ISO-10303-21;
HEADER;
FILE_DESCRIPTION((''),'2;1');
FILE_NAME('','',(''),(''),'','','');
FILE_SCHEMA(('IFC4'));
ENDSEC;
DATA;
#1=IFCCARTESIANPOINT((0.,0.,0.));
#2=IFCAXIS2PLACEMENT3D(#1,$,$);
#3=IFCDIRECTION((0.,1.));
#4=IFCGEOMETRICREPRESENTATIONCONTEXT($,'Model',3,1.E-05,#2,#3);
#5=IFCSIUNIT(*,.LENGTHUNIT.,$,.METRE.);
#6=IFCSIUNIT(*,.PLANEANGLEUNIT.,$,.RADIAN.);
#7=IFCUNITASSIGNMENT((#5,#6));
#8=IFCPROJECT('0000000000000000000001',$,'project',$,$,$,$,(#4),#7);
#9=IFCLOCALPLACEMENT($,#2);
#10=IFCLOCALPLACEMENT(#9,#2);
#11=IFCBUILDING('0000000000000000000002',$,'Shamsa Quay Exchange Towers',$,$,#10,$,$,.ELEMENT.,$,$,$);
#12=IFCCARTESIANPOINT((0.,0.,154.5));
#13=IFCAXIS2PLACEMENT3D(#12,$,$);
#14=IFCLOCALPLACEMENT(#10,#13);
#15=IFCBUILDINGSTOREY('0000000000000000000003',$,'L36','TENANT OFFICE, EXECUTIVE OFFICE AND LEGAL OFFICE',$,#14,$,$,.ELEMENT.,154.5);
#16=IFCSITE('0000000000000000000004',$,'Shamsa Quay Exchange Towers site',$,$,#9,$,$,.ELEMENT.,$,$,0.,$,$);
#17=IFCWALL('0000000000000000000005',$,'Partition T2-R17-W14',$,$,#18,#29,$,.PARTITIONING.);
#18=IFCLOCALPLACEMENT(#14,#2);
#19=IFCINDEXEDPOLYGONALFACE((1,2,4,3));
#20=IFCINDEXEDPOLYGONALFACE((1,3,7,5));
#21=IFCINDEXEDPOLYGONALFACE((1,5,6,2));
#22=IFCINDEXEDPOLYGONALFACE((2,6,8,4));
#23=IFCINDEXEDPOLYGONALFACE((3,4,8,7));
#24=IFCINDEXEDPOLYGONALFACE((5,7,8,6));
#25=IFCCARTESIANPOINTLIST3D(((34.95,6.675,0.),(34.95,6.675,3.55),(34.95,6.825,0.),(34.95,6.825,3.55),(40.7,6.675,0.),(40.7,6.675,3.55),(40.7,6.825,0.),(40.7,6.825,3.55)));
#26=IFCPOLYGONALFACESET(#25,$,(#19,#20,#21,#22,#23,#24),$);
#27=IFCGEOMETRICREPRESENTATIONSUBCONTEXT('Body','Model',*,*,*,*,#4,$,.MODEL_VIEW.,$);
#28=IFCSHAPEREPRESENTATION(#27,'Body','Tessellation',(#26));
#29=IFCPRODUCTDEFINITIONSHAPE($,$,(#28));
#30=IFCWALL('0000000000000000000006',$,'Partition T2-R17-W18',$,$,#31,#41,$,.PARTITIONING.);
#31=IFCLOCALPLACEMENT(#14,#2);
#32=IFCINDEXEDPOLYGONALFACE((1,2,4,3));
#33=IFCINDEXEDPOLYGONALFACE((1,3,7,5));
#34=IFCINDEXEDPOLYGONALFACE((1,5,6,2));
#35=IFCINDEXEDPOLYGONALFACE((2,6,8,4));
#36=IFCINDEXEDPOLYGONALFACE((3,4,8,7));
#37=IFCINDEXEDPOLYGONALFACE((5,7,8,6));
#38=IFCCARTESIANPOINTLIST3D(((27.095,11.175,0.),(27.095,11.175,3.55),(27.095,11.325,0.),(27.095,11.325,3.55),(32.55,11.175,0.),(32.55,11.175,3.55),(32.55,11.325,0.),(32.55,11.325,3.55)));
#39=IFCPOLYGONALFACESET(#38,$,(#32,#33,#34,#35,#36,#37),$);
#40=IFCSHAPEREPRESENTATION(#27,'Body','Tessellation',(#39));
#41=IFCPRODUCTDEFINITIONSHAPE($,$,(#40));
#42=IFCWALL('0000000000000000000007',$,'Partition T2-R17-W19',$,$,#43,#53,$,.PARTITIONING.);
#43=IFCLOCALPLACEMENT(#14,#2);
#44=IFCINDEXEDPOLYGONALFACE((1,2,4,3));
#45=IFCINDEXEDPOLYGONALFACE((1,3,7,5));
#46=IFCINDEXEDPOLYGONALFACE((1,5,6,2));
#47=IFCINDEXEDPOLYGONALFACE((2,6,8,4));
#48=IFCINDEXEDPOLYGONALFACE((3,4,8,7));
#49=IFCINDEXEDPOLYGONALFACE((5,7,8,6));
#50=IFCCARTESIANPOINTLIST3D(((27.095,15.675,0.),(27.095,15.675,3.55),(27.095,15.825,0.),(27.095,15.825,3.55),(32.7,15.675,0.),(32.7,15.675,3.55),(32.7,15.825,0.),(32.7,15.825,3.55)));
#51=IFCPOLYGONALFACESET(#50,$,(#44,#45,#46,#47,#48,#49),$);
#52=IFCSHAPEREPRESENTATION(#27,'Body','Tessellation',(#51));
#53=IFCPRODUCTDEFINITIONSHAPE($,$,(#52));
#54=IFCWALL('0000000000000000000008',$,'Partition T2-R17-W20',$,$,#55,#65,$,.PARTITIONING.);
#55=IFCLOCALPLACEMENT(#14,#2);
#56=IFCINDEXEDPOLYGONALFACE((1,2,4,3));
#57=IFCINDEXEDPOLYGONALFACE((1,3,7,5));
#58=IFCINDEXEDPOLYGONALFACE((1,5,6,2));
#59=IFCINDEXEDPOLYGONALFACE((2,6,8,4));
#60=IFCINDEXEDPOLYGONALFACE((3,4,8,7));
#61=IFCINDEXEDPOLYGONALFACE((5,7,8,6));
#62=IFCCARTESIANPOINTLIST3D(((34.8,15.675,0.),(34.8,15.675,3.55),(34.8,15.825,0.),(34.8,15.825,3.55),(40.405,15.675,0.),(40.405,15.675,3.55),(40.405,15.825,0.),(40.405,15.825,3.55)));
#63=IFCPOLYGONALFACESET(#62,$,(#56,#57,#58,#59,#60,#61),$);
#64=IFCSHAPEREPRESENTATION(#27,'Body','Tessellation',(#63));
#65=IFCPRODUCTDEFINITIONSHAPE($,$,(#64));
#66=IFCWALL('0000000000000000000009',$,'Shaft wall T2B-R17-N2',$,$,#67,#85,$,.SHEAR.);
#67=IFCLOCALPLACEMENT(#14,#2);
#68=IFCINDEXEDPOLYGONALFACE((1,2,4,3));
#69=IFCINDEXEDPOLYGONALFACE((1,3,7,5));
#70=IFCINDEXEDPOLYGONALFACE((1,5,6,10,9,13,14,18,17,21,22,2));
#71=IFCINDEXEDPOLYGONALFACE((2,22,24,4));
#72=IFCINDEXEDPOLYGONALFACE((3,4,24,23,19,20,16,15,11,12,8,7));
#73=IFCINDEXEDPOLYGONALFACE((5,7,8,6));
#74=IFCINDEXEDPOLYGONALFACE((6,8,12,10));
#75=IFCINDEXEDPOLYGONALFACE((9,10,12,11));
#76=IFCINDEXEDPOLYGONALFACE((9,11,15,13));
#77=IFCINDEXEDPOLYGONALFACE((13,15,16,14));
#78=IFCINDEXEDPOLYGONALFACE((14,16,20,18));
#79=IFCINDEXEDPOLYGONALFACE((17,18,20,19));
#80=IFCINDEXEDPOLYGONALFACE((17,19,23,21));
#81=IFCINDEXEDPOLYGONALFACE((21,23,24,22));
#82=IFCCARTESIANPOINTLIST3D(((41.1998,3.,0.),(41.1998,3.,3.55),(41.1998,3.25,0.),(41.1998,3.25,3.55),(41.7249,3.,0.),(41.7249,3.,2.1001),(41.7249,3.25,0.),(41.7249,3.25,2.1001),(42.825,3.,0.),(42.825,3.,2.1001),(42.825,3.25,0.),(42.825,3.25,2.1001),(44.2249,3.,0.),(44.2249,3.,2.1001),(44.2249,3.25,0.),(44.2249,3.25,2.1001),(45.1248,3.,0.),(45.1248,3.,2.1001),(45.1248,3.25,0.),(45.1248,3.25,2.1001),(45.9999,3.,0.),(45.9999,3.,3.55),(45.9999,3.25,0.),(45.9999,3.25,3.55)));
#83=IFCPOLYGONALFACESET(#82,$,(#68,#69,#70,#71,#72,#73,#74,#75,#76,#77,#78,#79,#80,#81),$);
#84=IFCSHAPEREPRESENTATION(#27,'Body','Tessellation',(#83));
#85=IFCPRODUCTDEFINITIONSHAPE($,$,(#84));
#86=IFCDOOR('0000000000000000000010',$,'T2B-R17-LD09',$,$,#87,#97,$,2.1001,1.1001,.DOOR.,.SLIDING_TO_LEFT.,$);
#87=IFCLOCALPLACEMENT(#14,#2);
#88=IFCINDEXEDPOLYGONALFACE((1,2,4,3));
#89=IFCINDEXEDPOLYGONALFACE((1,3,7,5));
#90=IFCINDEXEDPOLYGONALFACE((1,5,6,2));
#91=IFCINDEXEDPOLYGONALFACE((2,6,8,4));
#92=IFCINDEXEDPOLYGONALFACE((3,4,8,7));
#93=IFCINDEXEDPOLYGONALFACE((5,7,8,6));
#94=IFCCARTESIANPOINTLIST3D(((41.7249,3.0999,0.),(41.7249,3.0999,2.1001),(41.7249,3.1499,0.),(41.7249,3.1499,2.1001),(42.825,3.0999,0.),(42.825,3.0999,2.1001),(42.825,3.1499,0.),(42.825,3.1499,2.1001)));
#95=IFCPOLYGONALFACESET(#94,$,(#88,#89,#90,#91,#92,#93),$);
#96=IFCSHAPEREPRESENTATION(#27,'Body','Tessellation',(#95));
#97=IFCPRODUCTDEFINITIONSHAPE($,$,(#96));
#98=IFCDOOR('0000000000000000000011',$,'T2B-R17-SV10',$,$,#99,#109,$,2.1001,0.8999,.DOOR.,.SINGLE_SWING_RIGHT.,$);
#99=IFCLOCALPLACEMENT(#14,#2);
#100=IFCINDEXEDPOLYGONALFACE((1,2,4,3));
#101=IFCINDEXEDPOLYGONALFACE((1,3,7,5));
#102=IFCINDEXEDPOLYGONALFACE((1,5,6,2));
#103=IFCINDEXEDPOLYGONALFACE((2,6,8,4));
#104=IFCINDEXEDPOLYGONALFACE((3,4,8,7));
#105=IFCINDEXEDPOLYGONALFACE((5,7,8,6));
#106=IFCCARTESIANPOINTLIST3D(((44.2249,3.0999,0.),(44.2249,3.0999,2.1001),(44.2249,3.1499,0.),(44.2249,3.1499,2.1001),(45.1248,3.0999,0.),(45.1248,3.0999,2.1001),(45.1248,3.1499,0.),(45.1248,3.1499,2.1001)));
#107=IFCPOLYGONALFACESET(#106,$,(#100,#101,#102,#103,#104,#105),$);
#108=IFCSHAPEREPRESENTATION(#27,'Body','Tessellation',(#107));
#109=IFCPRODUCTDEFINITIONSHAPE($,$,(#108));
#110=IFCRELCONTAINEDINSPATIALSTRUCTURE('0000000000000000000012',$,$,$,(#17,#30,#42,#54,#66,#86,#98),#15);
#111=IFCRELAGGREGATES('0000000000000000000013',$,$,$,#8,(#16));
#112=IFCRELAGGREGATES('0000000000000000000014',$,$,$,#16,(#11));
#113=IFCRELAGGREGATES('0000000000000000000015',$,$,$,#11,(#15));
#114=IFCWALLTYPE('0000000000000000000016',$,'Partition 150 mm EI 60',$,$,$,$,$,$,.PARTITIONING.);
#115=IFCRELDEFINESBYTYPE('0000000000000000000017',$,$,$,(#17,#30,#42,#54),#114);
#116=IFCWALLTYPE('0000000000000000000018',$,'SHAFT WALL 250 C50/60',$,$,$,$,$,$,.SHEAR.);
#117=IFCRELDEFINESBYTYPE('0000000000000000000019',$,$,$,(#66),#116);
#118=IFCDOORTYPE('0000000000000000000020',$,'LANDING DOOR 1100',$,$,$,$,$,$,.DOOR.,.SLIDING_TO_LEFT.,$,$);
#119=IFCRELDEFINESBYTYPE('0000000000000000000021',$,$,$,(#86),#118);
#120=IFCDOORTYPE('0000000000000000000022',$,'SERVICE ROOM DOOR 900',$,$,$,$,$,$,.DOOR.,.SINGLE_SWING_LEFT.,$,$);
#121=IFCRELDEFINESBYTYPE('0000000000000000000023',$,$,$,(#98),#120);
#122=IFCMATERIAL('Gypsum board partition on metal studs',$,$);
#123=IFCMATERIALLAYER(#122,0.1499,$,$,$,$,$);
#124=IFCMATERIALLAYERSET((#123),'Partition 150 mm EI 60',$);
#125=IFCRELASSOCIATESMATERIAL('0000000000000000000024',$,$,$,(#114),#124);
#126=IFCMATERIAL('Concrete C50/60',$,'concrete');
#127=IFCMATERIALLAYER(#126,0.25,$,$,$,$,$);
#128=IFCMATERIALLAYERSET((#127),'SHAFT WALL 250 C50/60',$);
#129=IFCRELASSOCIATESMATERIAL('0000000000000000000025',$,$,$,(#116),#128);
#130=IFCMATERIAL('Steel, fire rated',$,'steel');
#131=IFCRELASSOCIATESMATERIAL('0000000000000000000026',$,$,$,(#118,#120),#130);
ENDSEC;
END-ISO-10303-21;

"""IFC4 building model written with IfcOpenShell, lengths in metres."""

from ifc_helpers import new_model, si_unit, direction, frame, frame_2d, origin, place, context, subcontext, project, spatial, rectangle, extrude, material, layer, layer_set, type_object, element, fill, save


model = new_model("IFC4")

# Units and contexts
model_context = context("Model", 3, precision=1e-05, world=origin(), true_north=direction((0.0, 1.0)))
body_context = subcontext(model_context, "Body", "Model", "MODEL_VIEW")
ifc_project = project(units=[si_unit("LENGTHUNIT", "METRE"), si_unit("PLANEANGLEUNIT", "RADIAN")], contexts=[model_context])

# Site, building, storey
site_placement = place(None, origin())
site = spatial("IfcSite", under=ifc_project, at=site_placement, Name="Shamsa Quay Exchange Towers site", CompositionType="ELEMENT", RefElevation=0.0)
building_placement = place(site_placement, origin())
building = spatial("IfcBuilding", under=site, at=building_placement, Name="Shamsa Quay Exchange Towers", CompositionType="ELEMENT")
storey_placement = place(building_placement, frame((0.0, 0.0, 154.5)))
storey = spatial("IfcBuildingStorey", under=building, at=storey_placement, Name="L36", Description="TENANT OFFICE, EXECUTIVE OFFICE AND LEGAL OFFICE", CompositionType="ELEMENT", Elevation=154.5)

# Shared definitions
ifc_material_1 = material(Name="Gypsum board partition on metal studs")
ifc_layer_1 = layer(ifc_material_1, 0.1499)
ifc_layer_set_1 = layer_set([ifc_layer_1], Name="Partition 150 mm EI 60")
wall_type_1 = type_object("IfcWallType", Name="Partition 150 mm EI 60", PredefinedType="PARTITIONING", material=ifc_layer_set_1)

# Walls
wall_1_placement = place(storey_placement, frame((40.7, 6.75, 0.0), z_axis=(0.0, 0.0, 1.0), x_axis=(-1.0, 0.0, 0.0)))
element("IfcWall", 1, at=wall_1_placement, inside=storey, type_object=wall_type_1, Name="Partition T2-R17-W14", PredefinedType="PARTITIONING", context=body_context, shape_type="SweptSolid", body=[
    extrude(rectangle(XDim=5.75, YDim=0.1499, at=frame_2d((2.875, 0.0))), origin(), (0.0, 0.0, 1.0), 3.55),
])
wall_2_placement = place(storey_placement, frame((32.55, 11.25, 0.0), z_axis=(0.0, 0.0, 1.0), x_axis=(-1.0, 0.0, 0.0)))
element("IfcWall", 2, at=wall_2_placement, inside=storey, type_object=wall_type_1, Name="Partition T2-R17-W18", PredefinedType="PARTITIONING", context=body_context, shape_type="SweptSolid", body=[
    extrude(rectangle(XDim=5.4551, YDim=0.1499, at=frame_2d((2.7275, 0.0))), origin(), (0.0, 0.0, 1.0), 3.55),
])
for number, where, z_axis, x_axis, name in (
    (3, (32.7, 15.75, 0.0), (0.0, 0.0, 1.0), (-1.0, 0.0, 0.0), "Partition T2-R17-W19"),
    (4, (40.405, 15.75, 0.0), (0.0, 0.0, 1.0), (-1.0, 0.0, 0.0), "Partition T2-R17-W20"),
):
    element("IfcWall", number, at=place(storey_placement, frame(where, z_axis=z_axis, x_axis=x_axis)), inside=storey, type_object=wall_type_1, Name=name, PredefinedType="PARTITIONING", context=body_context, shape_type="SweptSolid", body=[
        extrude(rectangle(XDim=5.605, YDim=0.1499, at=frame_2d((2.8025, 0.0))), origin(), (0.0, 0.0, 1.0), 3.55),
    ])

# Wall, openings, doors
ifc_material_2 = material(Name="Concrete C50/60", Category="concrete")
ifc_layer_2 = layer(ifc_material_2, 0.25)
ifc_layer_set_2 = layer_set([ifc_layer_2], Name="SHAFT WALL 250 C50/60")
wall_type_2 = type_object("IfcWallType", Name="SHAFT WALL 250 C50/60", PredefinedType="SHEAR", material=ifc_layer_set_2)
wall_3_placement = place(storey_placement, frame((41.2, 3.125, 0.0)))
wall_3 = element("IfcWall", 5, at=wall_3_placement, inside=storey, type_object=wall_type_2, Name="Shaft wall T2B-R17-N2", PredefinedType="SHEAR", context=body_context, shape_type="SweptSolid", body=[
    extrude(rectangle(XDim=4.8, YDim=0.25, at=frame_2d((2.3999, 0.0))), origin(), (0.0, 0.0, 1.0), 3.55),
])
opening_1_placement = place(wall_3_placement, frame((0.5249, 0.0, 0.0)))
opening_1 = element("IfcOpeningElement", 6, at=opening_1_placement, cuts=wall_3, PredefinedType="OPENING", context=body_context, shape_type="SweptSolid", body=[
    extrude(rectangle(XDim=1.1001, YDim=2.1001, at=frame_2d((0.55, 1.05))), frame((0.0, 0.135, 0.0), z_axis=(0.0, -1.0, 0.0), x_axis=(1.0, 0.0, 0.0)), (0.0, 0.0, 1.0), 0.27),
])
opening_2_placement = place(wall_3_placement, frame((3.0249, 0.0, 0.0)))
opening_2 = element("IfcOpeningElement", 7, at=opening_2_placement, cuts=wall_3, PredefinedType="OPENING", context=body_context, shape_type="SweptSolid", body=[
    extrude(rectangle(XDim=0.8999, YDim=2.1001, at=frame_2d((0.45, 1.05))), frame((0.0, 0.135, 0.0), z_axis=(0.0, -1.0, 0.0), x_axis=(1.0, 0.0, 0.0)), (0.0, 0.0, 1.0), 0.27),
])
ifc_material_3 = material(Name="Steel, fire rated", Category="steel")
door_type_1 = type_object("IfcDoorType", Name="LANDING DOOR 1100", OperationType="SLIDING_TO_LEFT", PredefinedType="DOOR", material=ifc_material_3)
door_1_placement = place(opening_1_placement, origin())
door_1 = element("IfcDoor", 8, at=door_1_placement, inside=storey, type_object=door_type_1, Name="T2B-R17-LD09", OperationType="SLIDING_TO_LEFT", OverallHeight=2.1001, OverallWidth=1.1001, PredefinedType="DOOR", context=body_context, shape_type="SweptSolid", body=[
    extrude(rectangle(XDim=1.1001, YDim=2.1001, at=frame_2d((0.55, 1.05))), frame((0.0, 0.0249, 0.0), z_axis=(0.0, -1.0, 0.0), x_axis=(1.0, 0.0, 0.0)), (0.0, 0.0, 1.0), 0.05),
])
fill(opening_1, door_1)
door_type_2 = type_object("IfcDoorType", Name="SERVICE ROOM DOOR 900", OperationType="SINGLE_SWING_LEFT", PredefinedType="DOOR", material=ifc_material_3)
door_2_placement = place(opening_2_placement, origin())
door_2 = element("IfcDoor", 9, at=door_2_placement, inside=storey, type_object=door_type_2, Name="T2B-R17-SV10", OperationType="SINGLE_SWING_RIGHT", OverallHeight=2.1001, OverallWidth=0.8999, PredefinedType="DOOR", context=body_context, shape_type="SweptSolid", body=[
    extrude(rectangle(XDim=0.8999, YDim=2.1001, at=frame_2d((0.45, 1.05))), frame((0.0, 0.0249, 0.0), z_axis=(0.0, -1.0, 0.0), x_axis=(1.0, 0.0, 0.0)), (0.0, 0.0, 1.0), 0.05),
])
fill(opening_2, door_2)

save(model, "model.ifc")
